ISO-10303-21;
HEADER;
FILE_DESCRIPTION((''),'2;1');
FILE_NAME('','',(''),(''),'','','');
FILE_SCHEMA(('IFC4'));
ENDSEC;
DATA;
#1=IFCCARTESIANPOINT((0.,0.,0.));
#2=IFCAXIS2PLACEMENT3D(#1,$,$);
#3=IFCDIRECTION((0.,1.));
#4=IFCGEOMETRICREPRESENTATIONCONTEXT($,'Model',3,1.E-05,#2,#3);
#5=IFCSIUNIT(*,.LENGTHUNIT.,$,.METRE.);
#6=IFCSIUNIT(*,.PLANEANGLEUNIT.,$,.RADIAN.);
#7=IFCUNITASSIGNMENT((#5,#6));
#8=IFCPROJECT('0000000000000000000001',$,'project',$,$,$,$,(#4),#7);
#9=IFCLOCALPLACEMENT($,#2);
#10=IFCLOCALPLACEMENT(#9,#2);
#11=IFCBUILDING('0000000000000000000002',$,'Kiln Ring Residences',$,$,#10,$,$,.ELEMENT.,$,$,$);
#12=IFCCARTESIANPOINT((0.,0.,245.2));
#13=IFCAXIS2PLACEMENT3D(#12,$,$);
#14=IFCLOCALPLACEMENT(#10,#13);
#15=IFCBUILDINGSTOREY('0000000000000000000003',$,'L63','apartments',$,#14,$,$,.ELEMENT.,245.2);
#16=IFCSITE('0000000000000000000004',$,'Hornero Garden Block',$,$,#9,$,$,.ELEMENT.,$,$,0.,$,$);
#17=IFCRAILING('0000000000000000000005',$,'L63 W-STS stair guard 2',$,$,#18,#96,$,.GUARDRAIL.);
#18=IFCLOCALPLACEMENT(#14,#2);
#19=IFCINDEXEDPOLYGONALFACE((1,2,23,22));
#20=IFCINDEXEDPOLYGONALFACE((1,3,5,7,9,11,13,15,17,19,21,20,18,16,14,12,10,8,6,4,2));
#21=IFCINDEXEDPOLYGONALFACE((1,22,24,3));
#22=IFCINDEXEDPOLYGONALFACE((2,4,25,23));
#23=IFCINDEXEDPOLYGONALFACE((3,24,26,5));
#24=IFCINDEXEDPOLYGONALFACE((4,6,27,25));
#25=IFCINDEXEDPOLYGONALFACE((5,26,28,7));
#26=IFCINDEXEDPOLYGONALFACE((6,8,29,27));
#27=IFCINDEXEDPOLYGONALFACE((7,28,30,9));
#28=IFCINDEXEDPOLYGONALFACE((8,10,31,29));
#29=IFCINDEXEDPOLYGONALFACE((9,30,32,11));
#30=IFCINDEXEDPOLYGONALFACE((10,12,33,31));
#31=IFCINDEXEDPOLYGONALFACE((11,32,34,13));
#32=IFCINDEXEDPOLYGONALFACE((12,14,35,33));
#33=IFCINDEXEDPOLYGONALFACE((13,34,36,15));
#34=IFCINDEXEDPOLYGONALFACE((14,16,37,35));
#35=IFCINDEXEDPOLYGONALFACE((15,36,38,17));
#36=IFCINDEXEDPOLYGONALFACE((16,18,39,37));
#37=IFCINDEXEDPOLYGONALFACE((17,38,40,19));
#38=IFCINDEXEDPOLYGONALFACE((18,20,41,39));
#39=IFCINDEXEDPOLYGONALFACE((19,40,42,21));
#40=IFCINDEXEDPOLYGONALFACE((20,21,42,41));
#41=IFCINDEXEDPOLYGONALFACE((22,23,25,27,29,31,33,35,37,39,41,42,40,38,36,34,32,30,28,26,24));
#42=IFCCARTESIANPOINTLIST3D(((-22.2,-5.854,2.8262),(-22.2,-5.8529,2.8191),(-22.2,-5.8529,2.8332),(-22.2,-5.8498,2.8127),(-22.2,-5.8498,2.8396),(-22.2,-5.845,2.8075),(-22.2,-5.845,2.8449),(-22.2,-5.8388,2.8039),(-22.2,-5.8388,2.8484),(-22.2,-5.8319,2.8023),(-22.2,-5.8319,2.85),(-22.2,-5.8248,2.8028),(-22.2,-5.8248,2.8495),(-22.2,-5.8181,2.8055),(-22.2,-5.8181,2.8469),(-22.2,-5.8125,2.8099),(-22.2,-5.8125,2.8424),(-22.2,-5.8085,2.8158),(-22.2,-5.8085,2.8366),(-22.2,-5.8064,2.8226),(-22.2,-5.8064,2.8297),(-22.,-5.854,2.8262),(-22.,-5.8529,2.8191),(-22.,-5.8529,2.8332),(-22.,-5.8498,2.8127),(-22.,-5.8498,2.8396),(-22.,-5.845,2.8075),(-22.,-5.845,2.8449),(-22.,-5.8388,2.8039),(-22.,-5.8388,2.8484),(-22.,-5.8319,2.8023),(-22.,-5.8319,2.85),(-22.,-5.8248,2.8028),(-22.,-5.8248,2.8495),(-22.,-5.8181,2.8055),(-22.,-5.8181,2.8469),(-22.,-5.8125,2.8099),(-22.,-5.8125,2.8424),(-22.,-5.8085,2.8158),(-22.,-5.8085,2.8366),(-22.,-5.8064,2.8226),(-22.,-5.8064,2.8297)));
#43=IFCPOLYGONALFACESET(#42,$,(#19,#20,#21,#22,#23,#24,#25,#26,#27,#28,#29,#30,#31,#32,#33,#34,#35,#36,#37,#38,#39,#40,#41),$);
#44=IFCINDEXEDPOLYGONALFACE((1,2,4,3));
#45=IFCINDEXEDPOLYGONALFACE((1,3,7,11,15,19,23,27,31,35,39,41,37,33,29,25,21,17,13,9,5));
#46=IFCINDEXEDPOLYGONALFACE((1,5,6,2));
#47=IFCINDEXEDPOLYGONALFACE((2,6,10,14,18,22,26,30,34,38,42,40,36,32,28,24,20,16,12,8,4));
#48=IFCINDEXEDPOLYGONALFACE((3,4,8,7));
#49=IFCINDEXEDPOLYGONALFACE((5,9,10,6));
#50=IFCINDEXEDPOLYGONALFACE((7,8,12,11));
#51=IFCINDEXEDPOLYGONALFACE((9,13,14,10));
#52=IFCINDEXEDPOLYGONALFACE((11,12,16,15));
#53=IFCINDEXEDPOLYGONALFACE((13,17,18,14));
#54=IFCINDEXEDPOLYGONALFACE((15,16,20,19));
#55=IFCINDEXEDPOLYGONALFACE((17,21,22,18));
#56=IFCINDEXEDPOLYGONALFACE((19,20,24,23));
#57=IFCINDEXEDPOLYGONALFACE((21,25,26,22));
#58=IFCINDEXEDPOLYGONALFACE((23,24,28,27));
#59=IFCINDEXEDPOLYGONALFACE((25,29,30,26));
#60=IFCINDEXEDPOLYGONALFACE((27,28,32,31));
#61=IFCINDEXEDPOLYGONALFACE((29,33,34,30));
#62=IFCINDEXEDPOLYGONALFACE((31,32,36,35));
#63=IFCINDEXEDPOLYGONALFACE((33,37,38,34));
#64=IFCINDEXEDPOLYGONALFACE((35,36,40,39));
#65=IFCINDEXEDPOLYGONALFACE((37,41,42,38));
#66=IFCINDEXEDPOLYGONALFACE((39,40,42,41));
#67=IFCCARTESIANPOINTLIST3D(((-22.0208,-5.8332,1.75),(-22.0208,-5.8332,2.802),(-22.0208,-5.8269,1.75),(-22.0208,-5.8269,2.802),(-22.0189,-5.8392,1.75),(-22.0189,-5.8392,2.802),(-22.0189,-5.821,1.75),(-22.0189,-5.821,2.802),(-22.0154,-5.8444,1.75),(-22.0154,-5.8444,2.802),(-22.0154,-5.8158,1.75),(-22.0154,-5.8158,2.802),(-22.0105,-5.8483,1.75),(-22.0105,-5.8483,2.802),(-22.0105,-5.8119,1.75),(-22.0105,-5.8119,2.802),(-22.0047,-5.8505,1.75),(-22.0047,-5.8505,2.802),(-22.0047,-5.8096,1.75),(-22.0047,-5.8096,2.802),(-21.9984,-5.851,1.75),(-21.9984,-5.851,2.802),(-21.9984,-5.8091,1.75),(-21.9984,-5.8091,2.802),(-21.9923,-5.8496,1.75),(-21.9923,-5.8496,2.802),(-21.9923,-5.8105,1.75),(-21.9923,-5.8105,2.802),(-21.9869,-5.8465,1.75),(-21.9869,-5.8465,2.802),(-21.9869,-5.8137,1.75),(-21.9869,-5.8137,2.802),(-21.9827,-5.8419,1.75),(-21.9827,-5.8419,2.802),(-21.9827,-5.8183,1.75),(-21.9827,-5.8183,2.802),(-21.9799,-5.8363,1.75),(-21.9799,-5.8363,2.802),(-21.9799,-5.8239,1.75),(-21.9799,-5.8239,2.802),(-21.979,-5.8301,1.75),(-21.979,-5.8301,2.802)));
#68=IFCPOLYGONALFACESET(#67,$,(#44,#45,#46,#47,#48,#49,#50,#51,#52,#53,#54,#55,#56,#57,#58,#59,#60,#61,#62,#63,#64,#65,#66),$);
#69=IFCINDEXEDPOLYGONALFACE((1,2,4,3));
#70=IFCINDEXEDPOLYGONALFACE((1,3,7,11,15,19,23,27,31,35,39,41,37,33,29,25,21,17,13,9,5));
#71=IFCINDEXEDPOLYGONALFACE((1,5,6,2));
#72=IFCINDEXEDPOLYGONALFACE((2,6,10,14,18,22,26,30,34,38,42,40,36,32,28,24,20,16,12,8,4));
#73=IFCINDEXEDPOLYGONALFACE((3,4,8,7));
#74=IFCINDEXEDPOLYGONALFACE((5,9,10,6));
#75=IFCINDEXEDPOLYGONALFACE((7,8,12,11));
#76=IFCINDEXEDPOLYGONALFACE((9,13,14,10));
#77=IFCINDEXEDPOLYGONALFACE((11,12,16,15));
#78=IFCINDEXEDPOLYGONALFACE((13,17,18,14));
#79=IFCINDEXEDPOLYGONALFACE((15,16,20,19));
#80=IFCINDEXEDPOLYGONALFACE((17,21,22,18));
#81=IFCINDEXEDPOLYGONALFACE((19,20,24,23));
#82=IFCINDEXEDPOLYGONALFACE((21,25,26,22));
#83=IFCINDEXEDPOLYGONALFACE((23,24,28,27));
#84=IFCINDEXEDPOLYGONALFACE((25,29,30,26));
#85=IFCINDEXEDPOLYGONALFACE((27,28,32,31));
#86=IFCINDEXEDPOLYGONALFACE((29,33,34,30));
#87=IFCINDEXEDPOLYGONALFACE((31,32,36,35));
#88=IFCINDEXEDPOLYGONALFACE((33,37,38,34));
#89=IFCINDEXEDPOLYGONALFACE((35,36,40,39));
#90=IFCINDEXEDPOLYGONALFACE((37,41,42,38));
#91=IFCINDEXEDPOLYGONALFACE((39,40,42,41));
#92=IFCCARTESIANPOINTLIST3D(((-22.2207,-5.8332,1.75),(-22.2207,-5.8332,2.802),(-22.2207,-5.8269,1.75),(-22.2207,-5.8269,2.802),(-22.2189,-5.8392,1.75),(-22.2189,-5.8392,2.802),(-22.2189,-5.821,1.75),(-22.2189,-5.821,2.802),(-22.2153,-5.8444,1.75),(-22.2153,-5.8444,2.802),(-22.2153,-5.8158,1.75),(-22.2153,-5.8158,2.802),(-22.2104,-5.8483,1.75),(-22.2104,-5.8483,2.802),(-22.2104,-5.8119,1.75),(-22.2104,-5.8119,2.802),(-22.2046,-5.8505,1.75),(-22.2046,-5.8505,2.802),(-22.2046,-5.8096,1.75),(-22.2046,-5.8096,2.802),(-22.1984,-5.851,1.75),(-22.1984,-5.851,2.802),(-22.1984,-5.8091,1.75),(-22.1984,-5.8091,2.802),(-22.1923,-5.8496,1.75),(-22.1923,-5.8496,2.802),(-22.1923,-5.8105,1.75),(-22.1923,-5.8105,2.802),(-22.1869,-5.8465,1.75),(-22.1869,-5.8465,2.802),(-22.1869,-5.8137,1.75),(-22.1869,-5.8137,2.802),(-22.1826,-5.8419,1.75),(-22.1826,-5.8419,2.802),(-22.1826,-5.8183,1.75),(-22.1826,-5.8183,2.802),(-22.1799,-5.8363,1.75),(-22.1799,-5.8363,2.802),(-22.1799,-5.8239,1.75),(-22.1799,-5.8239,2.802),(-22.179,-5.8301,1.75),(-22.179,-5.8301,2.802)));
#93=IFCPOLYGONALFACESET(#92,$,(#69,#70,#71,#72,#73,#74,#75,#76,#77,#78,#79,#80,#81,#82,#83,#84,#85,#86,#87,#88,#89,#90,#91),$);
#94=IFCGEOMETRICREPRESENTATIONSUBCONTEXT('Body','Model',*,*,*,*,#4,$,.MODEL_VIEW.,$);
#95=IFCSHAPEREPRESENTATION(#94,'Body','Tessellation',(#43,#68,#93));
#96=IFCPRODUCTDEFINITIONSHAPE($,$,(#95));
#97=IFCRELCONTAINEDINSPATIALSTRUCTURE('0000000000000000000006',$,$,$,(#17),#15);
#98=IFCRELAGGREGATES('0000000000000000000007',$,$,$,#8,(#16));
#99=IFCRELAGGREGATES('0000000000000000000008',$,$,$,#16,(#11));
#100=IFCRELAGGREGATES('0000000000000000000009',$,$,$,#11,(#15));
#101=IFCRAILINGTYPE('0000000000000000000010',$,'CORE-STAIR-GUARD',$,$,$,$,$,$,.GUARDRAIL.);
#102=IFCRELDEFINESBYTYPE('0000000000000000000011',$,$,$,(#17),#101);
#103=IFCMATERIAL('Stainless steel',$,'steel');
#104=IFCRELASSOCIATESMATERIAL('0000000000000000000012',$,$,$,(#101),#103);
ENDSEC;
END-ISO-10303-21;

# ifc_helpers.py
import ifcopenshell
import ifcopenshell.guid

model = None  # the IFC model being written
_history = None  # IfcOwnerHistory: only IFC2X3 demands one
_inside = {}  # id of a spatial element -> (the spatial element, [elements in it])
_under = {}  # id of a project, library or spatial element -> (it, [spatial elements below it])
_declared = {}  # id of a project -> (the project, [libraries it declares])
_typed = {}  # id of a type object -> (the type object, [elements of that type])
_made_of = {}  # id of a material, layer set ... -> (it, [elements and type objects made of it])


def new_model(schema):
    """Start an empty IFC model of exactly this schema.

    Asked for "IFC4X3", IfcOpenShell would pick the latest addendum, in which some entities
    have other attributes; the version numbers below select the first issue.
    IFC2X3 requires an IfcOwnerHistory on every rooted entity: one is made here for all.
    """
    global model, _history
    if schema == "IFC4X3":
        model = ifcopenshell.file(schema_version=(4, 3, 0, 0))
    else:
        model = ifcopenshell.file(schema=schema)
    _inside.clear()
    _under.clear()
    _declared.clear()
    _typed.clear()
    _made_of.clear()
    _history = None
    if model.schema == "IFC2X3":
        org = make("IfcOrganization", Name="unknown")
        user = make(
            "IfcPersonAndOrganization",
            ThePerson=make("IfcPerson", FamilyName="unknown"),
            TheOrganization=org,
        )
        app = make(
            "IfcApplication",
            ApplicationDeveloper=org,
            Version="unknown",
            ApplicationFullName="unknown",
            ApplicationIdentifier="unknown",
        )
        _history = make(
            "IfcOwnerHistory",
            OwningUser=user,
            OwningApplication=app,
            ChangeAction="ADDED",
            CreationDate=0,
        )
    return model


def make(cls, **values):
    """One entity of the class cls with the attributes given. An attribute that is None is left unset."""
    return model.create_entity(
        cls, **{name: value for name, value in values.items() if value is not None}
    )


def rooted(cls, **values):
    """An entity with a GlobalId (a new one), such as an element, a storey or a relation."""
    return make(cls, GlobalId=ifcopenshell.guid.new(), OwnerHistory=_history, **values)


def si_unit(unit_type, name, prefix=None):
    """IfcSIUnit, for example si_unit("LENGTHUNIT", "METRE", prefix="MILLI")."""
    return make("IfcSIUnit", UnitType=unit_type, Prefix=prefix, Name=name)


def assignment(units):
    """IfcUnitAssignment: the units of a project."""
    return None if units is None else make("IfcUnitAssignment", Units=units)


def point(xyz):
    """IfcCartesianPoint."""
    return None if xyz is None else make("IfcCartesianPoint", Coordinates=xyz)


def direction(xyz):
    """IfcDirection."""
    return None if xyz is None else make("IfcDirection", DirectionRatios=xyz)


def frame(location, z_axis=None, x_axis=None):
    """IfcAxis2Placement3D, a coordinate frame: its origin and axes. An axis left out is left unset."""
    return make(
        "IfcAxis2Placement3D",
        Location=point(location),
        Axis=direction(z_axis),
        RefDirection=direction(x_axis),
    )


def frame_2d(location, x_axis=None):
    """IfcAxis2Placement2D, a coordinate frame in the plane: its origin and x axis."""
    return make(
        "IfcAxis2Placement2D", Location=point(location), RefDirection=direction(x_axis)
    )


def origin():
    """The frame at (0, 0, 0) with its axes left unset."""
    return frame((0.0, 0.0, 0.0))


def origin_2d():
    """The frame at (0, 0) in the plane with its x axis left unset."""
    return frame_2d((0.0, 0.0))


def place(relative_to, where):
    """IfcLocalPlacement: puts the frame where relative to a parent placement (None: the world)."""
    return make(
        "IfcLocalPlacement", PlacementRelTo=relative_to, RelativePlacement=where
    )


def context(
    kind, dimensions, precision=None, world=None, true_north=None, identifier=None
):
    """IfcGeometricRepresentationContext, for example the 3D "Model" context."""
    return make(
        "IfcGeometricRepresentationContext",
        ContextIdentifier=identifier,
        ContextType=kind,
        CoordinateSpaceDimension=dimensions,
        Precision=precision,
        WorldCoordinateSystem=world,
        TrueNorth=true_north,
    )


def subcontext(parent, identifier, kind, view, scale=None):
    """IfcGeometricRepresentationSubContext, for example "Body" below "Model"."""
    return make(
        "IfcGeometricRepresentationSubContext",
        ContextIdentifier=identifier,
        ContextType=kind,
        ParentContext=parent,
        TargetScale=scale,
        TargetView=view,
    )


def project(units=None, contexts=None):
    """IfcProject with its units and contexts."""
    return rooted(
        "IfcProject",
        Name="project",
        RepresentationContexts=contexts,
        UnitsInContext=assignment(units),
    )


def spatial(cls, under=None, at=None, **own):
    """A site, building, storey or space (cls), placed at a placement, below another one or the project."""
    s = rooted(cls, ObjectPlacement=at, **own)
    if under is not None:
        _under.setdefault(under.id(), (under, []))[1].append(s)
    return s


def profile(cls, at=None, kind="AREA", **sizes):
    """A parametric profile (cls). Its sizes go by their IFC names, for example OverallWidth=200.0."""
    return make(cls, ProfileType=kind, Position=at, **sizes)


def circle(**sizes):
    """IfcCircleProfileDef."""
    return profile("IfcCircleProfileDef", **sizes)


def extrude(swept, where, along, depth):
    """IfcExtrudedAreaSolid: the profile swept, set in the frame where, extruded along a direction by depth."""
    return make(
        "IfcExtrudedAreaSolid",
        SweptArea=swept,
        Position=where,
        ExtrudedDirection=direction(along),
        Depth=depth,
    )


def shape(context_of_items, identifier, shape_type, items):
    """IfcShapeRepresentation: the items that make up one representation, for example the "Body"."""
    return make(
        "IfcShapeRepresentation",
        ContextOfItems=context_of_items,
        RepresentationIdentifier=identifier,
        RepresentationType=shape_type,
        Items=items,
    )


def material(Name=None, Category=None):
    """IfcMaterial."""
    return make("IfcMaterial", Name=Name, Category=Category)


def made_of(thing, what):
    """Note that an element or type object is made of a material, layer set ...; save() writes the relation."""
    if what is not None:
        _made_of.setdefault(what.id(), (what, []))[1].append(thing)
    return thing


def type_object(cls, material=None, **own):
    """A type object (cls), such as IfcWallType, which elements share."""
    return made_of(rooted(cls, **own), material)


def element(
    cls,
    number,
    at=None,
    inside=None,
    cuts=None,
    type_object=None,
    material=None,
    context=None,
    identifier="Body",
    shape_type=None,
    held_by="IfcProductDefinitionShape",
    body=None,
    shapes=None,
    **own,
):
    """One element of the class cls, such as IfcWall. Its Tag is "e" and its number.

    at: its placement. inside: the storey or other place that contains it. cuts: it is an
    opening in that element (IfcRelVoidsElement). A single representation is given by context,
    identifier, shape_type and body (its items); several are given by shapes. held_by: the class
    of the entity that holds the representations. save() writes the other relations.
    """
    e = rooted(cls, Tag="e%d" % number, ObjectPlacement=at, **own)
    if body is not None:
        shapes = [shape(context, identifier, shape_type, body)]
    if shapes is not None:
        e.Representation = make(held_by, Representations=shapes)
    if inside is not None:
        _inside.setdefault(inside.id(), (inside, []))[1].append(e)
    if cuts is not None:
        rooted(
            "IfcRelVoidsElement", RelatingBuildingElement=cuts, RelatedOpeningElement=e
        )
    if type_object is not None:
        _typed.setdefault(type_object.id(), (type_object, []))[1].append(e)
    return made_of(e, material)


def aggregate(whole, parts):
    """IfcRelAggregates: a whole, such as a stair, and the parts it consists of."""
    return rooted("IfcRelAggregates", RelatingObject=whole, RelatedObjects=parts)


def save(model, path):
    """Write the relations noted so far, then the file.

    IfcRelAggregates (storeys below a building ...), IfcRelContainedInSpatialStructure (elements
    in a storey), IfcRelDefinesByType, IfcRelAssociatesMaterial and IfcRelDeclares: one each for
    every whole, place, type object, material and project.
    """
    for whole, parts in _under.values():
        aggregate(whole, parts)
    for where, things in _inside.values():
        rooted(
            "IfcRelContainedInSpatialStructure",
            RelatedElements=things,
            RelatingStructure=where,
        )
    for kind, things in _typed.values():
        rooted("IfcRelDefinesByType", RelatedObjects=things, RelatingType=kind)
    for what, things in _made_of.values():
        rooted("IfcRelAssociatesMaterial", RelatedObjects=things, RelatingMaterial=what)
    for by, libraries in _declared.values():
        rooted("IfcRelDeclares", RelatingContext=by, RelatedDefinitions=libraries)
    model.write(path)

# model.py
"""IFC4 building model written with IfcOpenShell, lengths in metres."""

from ifc_helpers import new_model, si_unit, direction, frame, origin, origin_2d, place, context, subcontext, project, spatial, circle, extrude, material, type_object, element, save


model = new_model("IFC4")

# Units and contexts
model_context = context("Model", 3, precision=1e-05, world=origin(), true_north=direction((0.0, 1.0)))
body_context = subcontext(model_context, "Body", "Model", "MODEL_VIEW")
ifc_project = project(units=[si_unit("LENGTHUNIT", "METRE"), si_unit("PLANEANGLEUNIT", "RADIAN")], contexts=[model_context])

# Site, building, storey
site_placement = place(None, origin())
site = spatial("IfcSite", under=ifc_project, at=site_placement, Name="Hornero Garden Block", CompositionType="ELEMENT", RefElevation=0.0)
building_placement = place(site_placement, origin())
building = spatial("IfcBuilding", under=site, at=building_placement, Name="Kiln Ring Residences", CompositionType="ELEMENT")
storey_placement = place(building_placement, frame((0.0, 0.0, 245.2)))
storey = spatial("IfcBuildingStorey", under=building, at=storey_placement, Name="L63", Description="apartments", CompositionType="ELEMENT", Elevation=245.2)

# Railing
ifc_material_1 = material(Name="Stainless steel", Category="steel")
railing_type_1 = type_object("IfcRailingType", Name="CORE-STAIR-GUARD", PredefinedType="GUARDRAIL", material=ifc_material_1)
railing_1_placement = place(storey_placement, frame((-22.0, -5.8301, 1.75)))
element("IfcRailing", 1, at=railing_1_placement, inside=storey, type_object=railing_type_1, Name="L63 W-STS stair guard 2", PredefinedType="GUARDRAIL", context=body_context, shape_type="SweptSolid", body=[
    extrude(circle(Radius=0.0239, at=origin_2d()), frame((0.0, 0.0, 1.0762), z_axis=(-1.0, 0.0, 0.0), x_axis=(0.0, -1.0, 0.0)), (0.0, 0.0, 1.0), 0.2),
    extrude(circle(Radius=0.021, at=origin_2d()), origin(), (0.0, 0.0, 1.0), 1.052),
    extrude(circle(Radius=0.021, at=origin_2d()), frame((-0.2, 0.0, 0.0)), (0.0, 0.0, 1.0), 1.052),
])

save(model, "model.ifc")
